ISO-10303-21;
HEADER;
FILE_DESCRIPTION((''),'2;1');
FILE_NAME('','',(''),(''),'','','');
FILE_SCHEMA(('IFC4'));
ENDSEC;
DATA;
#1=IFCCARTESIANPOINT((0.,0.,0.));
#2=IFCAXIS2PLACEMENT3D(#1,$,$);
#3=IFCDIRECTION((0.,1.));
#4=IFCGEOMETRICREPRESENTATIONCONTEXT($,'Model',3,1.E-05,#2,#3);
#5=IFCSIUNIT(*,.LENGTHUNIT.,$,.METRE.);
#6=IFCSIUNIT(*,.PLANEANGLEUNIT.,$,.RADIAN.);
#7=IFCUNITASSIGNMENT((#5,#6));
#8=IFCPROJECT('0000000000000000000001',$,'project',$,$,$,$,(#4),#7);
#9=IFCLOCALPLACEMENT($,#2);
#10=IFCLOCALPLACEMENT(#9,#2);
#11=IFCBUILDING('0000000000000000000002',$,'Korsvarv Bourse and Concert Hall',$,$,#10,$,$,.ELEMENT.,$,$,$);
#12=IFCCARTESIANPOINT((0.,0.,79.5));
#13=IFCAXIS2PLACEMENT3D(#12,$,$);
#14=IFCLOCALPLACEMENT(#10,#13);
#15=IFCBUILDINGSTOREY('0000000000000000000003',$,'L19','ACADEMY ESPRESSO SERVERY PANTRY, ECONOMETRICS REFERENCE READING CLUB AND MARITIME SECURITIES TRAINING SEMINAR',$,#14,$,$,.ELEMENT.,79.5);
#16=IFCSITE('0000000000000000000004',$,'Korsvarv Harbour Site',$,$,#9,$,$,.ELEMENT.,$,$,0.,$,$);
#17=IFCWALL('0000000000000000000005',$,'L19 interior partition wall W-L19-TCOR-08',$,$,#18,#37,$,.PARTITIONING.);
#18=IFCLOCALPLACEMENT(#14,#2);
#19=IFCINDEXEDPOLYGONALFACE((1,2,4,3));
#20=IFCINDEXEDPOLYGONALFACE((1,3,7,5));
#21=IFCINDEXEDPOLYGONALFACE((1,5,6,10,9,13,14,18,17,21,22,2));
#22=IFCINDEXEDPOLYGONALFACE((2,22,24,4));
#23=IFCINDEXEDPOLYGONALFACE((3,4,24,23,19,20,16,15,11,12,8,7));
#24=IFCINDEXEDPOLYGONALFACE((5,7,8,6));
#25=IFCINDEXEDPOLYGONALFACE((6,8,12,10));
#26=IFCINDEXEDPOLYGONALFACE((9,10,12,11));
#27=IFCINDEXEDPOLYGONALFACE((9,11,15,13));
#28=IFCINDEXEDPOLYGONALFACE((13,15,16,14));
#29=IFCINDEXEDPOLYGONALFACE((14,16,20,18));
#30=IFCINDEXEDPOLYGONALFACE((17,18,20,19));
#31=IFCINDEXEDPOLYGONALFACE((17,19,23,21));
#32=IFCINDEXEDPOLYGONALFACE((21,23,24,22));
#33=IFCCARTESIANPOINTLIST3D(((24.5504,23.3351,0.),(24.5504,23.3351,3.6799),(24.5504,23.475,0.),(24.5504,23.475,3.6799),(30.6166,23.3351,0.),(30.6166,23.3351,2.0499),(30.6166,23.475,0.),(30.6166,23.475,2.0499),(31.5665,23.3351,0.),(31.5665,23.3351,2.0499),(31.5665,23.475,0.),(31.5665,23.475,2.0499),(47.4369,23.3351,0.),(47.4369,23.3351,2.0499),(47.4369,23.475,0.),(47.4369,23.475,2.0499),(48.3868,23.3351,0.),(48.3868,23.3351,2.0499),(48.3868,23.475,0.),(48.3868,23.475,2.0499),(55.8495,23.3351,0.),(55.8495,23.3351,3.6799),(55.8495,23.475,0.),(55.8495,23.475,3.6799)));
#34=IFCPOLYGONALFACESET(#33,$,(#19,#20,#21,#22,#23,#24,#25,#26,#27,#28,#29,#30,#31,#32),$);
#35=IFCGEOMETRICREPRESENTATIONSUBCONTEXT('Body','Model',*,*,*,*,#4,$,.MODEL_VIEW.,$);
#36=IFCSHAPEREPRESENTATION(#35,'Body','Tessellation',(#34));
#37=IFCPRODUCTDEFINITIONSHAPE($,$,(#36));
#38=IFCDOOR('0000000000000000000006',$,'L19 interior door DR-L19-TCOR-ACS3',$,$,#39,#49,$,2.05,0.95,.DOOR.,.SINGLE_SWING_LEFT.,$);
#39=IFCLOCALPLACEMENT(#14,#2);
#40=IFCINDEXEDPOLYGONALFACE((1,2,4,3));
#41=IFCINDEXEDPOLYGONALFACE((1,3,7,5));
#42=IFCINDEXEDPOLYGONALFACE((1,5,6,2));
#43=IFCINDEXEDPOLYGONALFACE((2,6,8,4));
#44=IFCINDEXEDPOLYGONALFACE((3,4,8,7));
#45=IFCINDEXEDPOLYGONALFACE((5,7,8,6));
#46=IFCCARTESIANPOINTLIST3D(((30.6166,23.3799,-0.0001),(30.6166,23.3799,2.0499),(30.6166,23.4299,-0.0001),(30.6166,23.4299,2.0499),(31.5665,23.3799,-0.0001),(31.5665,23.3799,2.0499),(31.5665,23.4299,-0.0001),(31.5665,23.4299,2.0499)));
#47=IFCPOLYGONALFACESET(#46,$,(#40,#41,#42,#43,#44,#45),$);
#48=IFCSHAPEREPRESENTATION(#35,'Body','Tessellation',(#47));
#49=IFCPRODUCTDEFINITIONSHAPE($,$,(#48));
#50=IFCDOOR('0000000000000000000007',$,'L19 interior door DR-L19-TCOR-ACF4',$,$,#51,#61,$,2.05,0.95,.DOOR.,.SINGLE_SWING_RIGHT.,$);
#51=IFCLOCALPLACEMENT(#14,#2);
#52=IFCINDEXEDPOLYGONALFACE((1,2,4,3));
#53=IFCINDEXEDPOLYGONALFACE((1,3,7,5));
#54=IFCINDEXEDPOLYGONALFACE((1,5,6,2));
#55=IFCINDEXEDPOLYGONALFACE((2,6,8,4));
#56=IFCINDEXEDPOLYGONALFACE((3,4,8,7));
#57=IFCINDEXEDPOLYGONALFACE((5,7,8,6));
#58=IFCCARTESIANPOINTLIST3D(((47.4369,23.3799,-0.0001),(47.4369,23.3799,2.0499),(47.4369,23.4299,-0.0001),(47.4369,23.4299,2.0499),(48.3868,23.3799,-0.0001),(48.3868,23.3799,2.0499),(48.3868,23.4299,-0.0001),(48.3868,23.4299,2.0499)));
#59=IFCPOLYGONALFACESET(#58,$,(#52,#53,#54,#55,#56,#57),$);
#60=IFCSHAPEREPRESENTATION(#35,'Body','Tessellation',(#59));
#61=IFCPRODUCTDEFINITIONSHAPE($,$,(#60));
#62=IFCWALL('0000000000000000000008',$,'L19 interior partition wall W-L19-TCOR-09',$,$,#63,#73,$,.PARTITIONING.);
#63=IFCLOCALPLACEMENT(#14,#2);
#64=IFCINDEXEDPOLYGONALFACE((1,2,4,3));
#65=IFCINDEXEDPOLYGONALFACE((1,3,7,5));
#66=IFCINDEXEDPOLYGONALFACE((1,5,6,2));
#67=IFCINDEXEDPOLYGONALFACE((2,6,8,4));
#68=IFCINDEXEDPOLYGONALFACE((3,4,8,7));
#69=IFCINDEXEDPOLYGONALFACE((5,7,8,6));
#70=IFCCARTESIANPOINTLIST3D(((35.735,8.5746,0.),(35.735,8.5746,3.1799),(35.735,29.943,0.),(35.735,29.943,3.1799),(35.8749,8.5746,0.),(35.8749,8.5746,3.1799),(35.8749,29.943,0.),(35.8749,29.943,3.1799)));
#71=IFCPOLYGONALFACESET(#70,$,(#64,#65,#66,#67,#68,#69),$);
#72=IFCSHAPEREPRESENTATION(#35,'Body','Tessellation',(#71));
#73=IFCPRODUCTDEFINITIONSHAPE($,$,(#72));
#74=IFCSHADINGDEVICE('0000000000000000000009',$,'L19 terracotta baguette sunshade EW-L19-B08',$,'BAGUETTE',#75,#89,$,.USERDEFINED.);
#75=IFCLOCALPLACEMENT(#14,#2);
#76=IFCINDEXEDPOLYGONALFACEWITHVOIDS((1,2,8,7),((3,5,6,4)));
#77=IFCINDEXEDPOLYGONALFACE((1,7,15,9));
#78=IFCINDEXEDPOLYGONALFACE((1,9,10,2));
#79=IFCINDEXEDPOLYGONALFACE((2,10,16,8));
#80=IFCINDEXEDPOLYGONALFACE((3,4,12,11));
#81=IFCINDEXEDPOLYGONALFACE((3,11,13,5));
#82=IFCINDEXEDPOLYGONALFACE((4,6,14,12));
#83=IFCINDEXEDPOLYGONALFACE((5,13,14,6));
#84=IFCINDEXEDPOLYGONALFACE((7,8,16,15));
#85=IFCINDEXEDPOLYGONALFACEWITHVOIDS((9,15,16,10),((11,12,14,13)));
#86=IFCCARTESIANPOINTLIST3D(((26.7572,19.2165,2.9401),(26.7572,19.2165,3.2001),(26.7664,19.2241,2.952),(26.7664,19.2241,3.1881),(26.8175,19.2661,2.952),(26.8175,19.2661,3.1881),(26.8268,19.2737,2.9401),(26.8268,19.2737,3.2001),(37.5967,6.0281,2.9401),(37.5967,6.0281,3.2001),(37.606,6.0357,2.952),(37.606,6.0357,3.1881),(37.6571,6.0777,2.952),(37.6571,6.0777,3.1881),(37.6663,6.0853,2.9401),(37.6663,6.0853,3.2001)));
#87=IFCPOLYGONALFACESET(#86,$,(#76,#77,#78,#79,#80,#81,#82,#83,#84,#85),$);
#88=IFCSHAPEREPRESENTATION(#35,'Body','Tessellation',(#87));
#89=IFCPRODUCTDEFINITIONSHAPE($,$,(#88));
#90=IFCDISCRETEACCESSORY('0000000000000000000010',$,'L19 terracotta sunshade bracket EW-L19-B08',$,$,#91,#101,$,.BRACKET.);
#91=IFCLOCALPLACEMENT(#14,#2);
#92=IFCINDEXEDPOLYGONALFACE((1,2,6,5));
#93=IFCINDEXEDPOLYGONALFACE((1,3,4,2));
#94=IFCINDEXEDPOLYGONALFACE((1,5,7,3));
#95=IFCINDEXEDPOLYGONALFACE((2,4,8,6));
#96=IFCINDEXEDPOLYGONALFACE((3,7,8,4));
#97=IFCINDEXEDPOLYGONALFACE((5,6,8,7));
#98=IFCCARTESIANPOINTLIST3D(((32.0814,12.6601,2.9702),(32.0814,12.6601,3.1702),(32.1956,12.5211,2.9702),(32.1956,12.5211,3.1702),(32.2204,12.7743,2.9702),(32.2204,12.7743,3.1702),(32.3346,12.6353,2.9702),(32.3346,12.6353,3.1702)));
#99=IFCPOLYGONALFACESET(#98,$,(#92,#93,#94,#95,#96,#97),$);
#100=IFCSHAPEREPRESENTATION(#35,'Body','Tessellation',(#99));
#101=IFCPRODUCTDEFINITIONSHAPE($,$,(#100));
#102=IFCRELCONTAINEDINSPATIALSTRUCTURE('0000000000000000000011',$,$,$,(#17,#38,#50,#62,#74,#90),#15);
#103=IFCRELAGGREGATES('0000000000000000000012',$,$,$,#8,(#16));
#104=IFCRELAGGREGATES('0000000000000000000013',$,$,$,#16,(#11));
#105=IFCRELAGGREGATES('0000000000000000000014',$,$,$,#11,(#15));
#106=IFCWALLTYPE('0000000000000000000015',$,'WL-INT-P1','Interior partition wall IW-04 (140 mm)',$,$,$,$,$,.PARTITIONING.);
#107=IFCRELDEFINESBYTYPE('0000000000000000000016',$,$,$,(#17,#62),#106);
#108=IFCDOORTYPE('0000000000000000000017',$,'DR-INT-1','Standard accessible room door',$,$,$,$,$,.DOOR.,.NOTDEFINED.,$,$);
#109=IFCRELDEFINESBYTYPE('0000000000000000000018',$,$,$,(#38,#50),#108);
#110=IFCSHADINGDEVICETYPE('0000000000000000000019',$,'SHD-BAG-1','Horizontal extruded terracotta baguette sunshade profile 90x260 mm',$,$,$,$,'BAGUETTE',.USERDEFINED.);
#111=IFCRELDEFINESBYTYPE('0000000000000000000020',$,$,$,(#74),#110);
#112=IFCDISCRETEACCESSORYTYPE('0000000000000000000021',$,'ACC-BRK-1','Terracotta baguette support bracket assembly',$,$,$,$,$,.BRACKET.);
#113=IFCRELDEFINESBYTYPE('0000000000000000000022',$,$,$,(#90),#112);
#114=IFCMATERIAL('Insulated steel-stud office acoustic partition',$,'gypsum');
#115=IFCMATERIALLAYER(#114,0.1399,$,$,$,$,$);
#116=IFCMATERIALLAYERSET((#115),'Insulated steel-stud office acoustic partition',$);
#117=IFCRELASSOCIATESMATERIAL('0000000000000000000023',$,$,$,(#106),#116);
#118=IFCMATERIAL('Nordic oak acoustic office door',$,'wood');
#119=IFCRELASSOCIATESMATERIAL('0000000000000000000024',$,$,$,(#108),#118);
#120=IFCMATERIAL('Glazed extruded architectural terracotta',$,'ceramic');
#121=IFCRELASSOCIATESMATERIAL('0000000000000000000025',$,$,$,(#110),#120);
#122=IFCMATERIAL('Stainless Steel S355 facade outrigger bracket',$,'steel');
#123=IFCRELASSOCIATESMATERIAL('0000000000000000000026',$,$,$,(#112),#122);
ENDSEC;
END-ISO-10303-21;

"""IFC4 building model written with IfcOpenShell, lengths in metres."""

from ifc_helpers import new_model, si_unit, direction, frame, frame_2d, origin, origin_2d, place, context, subcontext, project, spatial, rectangle, hollow_rectangle, extrude, source, transform, mapped, material, layer, layer_set, material_profile, profile_set, type_object, element, fill, save


model = new_model("IFC4")

# Units and contexts
model_context = context("Model", 3, precision=1e-05, world=origin(), true_north=direction((0.0, 1.0)))
body_context = subcontext(model_context, "Body", "Model", "MODEL_VIEW")
ifc_project = project(units=[si_unit("LENGTHUNIT", "METRE"), si_unit("PLANEANGLEUNIT", "RADIAN")], contexts=[model_context])

# Site, building, storey
site_placement = place(None, origin())
site = spatial("IfcSite", under=ifc_project, at=site_placement, Name="Korsvarv Harbour Site", CompositionType="ELEMENT", RefElevation=0.0)
building_placement = place(site_placement, origin())
building = spatial("IfcBuilding", under=site, at=building_placement, Name="Korsvarv Bourse and Concert Hall", CompositionType="ELEMENT")
storey_placement = place(building_placement, frame((0.0, 0.0, 79.5)))
storey = spatial("IfcBuildingStorey", under=building, at=storey_placement, Name="L19", Description="ACADEMY ESPRESSO SERVERY PANTRY, ECONOMETRICS REFERENCE READING CLUB AND MARITIME SECURITIES TRAINING SEMINAR", CompositionType="ELEMENT", Elevation=79.5)

# Wall, openings, doors
ifc_material_1 = material(Name="Insulated steel-stud office acoustic partition", Category="gypsum")
ifc_layer_1 = layer(ifc_material_1, 0.1399)
ifc_layer_set_1 = layer_set([ifc_layer_1], Name="Insulated steel-stud office acoustic partition")
wall_type_1 = type_object("IfcWallType", Name="WL-INT-P1", Description="Interior partition wall IW-04 (140 mm)", PredefinedType="PARTITIONING", material=ifc_layer_set_1)
wall_1_placement = place(storey_placement, frame((24.5505, 23.405, 0.0), z_axis=(0.0, 0.0, 1.0), x_axis=(1.0, 0.0, 0.0)))
wall_1 = element("IfcWall", 1, at=wall_1_placement, inside=storey, type_object=wall_type_1, Name="L19 interior partition wall W-L19-TCOR-08", PredefinedType="PARTITIONING", context=body_context, shape_type="SweptSolid", body=[
    extrude(rectangle(XDim=31.2991, YDim=0.1399, at=frame_2d((15.6494, 0.0))), origin(), (0.0, 0.0, 1.0), 3.6799),
])
opening_1_placement = place(wall_1_placement, frame((6.0659, 0.0, 0.0)))
opening_1 = element("IfcOpeningElement", 2, at=opening_1_placement, cuts=wall_1, PredefinedType="OPENING", context=body_context, shape_type="SweptSolid", body=[
    extrude(rectangle(XDim=0.95, YDim=2.05, at=frame_2d((0.4751, 1.0249))), frame((0.0, 0.0801, 0.0), z_axis=(0.0, -1.0, 0.0), x_axis=(1.0, 0.0, 0.0)), (0.0, 0.0, 1.0), 0.1599),
])
opening_2_placement = place(wall_1_placement, frame((22.8862, 0.0, 0.0)))
opening_2 = element("IfcOpeningElement", 3, at=opening_2_placement, cuts=wall_1, PredefinedType="OPENING", context=body_context, shape_type="SweptSolid", body=[
    extrude(rectangle(XDim=0.95, YDim=2.05, at=frame_2d((0.4751, 1.0249))), frame((0.0, 0.0801, 0.0), z_axis=(0.0, -1.0, 0.0), x_axis=(1.0, 0.0, 0.0)), (0.0, 0.0, 1.0), 0.1599),
])
ifc_material_2 = material(Name="Nordic oak acoustic office door", Category="wood")
door_type = type_object("IfcDoorType", Name="DR-INT-1", Description="Standard accessible room door", OperationType="NOTDEFINED", PredefinedType="DOOR", material=ifc_material_2)
door_1_placement = place(opening_1_placement, origin())
door_1 = element("IfcDoor", 4, at=door_1_placement, inside=storey, type_object=door_type, Name="L19 interior door DR-L19-TCOR-ACS3", OperationType="SINGLE_SWING_LEFT", OverallHeight=2.05, OverallWidth=0.95, PredefinedType="DOOR", context=body_context, shape_type="SweptSolid", body=[
    extrude(rectangle(XDim=0.95, YDim=2.05, at=frame_2d((0.4751, 1.0249))), frame((0.0, 0.0249, 0.0), z_axis=(0.0, -1.0, 0.0), x_axis=(1.0, 0.0, 0.0)), (0.0, 0.0, 1.0), 0.05),
])
fill(opening_1, door_1)
door_2_placement = place(opening_2_placement, origin())
door_2 = element("IfcDoor", 5, at=door_2_placement, inside=storey, type_object=door_type, Name="L19 interior door DR-L19-TCOR-ACF4", OperationType="SINGLE_SWING_RIGHT", OverallHeight=2.05, OverallWidth=0.95, PredefinedType="DOOR", context=body_context, shape_type="SweptSolid", body=[
    extrude(rectangle(XDim=0.95, YDim=2.05, at=frame_2d((0.4751, 1.0249))), frame((0.0, 0.0249, 0.0), z_axis=(0.0, -1.0, 0.0), x_axis=(1.0, 0.0, 0.0)), (0.0, 0.0, 1.0), 0.05),
])
fill(opening_2, door_2)

# Wall
wall_2_placement = place(storey_placement, frame((35.8049, 8.5747, 0.0), z_axis=(0.0, 0.0, 1.0), x_axis=(0.0, 1.0, 0.0)))
element("IfcWall", 6, at=wall_2_placement, inside=storey, type_object=wall_type_1, Name="L19 interior partition wall W-L19-TCOR-09", PredefinedType="PARTITIONING", context=body_context, shape_type="SweptSolid", body=[
    extrude(rectangle(XDim=21.3684, YDim=0.1399, at=frame_2d((10.6841, 0.0))), origin(), (0.0, 0.0, 1.0), 3.1799),
])

# Shading device
ifc_material_3 = material(Name="Glazed extruded architectural terracotta", Category="ceramic")
ifc_material_profile_1 = material_profile(ifc_material_3, hollow_rectangle(XDim=0.0901, YDim=0.26, WallThickness=0.012, at=origin_2d()), Name="TC-BAG 90x260")
ifc_profile_set_1 = profile_set([ifc_material_profile_1], Name="Glazed extruded architectural terracotta")
shading_device_type = type_object("IfcShadingDeviceType", Name="SHD-BAG-1", Description="Horizontal extruded terracotta baguette sunshade profile 90x260 mm", ElementType="BAGUETTE", PredefinedType="USERDEFINED", material=ifc_profile_set_1)
shared_shape_1 = source(origin(), body_context, "Body", "SweptSolid", [
    extrude(hollow_rectangle(XDim=0.0901, YDim=0.26, WallThickness=0.012, at=origin_2d()), origin(), (0.0, 0.0, 1.0), 17.0713),
])
shading_device_placement = place(storey_placement, frame((26.792, 19.2451, 3.0701), z_axis=(0.634957, -0.772548, 0.0), x_axis=(0.772548, 0.634957, 0.0)))
element("IfcShadingDevice", 7, at=shading_device_placement, inside=storey, type_object=shading_device_type, Name="L19 terracotta baguette sunshade EW-L19-B08", ObjectType="BAGUETTE", PredefinedType="USERDEFINED", context=body_context, shape_type="MappedRepresentation", body=[
    mapped(shared_shape_1, transform((0.0, 0.0, 0.0), scale=1.0)),
])

# Discrete accessory
ifc_material_4 = material(Name="Stainless Steel S355 facade outrigger bracket", Category="steel")
discrete_accessory_type = type_object("IfcDiscreteAccessoryType", Name="ACC-BRK-1", Description="Terracotta baguette support bracket assembly", PredefinedType="BRACKET", material=ifc_material_4)
shared_shape_2 = source(origin(), body_context, "Body", "SweptSolid", [
    extrude(rectangle(XDim=0.1799, YDim=0.1799, at=origin_2d()), origin(), (0.0, 0.0, 1.0), 0.2),
])
discrete_accessory_placement = place(storey_placement, frame((32.208, 12.6477, 2.9702), z_axis=(0.0, 0.0, 1.0), x_axis=(0.635, -0.772512, 0.0)))
element("IfcDiscreteAccessory", 8, at=discrete_accessory_placement, inside=storey, type_object=discrete_accessory_type, Name="L19 terracotta sunshade bracket EW-L19-B08", PredefinedType="BRACKET", context=body_context, shape_type="MappedRepresentation", body=[
    mapped(shared_shape_2, transform((0.0, 0.0, 0.0), scale=1.0)),
])

save(model, "model.ifc")
